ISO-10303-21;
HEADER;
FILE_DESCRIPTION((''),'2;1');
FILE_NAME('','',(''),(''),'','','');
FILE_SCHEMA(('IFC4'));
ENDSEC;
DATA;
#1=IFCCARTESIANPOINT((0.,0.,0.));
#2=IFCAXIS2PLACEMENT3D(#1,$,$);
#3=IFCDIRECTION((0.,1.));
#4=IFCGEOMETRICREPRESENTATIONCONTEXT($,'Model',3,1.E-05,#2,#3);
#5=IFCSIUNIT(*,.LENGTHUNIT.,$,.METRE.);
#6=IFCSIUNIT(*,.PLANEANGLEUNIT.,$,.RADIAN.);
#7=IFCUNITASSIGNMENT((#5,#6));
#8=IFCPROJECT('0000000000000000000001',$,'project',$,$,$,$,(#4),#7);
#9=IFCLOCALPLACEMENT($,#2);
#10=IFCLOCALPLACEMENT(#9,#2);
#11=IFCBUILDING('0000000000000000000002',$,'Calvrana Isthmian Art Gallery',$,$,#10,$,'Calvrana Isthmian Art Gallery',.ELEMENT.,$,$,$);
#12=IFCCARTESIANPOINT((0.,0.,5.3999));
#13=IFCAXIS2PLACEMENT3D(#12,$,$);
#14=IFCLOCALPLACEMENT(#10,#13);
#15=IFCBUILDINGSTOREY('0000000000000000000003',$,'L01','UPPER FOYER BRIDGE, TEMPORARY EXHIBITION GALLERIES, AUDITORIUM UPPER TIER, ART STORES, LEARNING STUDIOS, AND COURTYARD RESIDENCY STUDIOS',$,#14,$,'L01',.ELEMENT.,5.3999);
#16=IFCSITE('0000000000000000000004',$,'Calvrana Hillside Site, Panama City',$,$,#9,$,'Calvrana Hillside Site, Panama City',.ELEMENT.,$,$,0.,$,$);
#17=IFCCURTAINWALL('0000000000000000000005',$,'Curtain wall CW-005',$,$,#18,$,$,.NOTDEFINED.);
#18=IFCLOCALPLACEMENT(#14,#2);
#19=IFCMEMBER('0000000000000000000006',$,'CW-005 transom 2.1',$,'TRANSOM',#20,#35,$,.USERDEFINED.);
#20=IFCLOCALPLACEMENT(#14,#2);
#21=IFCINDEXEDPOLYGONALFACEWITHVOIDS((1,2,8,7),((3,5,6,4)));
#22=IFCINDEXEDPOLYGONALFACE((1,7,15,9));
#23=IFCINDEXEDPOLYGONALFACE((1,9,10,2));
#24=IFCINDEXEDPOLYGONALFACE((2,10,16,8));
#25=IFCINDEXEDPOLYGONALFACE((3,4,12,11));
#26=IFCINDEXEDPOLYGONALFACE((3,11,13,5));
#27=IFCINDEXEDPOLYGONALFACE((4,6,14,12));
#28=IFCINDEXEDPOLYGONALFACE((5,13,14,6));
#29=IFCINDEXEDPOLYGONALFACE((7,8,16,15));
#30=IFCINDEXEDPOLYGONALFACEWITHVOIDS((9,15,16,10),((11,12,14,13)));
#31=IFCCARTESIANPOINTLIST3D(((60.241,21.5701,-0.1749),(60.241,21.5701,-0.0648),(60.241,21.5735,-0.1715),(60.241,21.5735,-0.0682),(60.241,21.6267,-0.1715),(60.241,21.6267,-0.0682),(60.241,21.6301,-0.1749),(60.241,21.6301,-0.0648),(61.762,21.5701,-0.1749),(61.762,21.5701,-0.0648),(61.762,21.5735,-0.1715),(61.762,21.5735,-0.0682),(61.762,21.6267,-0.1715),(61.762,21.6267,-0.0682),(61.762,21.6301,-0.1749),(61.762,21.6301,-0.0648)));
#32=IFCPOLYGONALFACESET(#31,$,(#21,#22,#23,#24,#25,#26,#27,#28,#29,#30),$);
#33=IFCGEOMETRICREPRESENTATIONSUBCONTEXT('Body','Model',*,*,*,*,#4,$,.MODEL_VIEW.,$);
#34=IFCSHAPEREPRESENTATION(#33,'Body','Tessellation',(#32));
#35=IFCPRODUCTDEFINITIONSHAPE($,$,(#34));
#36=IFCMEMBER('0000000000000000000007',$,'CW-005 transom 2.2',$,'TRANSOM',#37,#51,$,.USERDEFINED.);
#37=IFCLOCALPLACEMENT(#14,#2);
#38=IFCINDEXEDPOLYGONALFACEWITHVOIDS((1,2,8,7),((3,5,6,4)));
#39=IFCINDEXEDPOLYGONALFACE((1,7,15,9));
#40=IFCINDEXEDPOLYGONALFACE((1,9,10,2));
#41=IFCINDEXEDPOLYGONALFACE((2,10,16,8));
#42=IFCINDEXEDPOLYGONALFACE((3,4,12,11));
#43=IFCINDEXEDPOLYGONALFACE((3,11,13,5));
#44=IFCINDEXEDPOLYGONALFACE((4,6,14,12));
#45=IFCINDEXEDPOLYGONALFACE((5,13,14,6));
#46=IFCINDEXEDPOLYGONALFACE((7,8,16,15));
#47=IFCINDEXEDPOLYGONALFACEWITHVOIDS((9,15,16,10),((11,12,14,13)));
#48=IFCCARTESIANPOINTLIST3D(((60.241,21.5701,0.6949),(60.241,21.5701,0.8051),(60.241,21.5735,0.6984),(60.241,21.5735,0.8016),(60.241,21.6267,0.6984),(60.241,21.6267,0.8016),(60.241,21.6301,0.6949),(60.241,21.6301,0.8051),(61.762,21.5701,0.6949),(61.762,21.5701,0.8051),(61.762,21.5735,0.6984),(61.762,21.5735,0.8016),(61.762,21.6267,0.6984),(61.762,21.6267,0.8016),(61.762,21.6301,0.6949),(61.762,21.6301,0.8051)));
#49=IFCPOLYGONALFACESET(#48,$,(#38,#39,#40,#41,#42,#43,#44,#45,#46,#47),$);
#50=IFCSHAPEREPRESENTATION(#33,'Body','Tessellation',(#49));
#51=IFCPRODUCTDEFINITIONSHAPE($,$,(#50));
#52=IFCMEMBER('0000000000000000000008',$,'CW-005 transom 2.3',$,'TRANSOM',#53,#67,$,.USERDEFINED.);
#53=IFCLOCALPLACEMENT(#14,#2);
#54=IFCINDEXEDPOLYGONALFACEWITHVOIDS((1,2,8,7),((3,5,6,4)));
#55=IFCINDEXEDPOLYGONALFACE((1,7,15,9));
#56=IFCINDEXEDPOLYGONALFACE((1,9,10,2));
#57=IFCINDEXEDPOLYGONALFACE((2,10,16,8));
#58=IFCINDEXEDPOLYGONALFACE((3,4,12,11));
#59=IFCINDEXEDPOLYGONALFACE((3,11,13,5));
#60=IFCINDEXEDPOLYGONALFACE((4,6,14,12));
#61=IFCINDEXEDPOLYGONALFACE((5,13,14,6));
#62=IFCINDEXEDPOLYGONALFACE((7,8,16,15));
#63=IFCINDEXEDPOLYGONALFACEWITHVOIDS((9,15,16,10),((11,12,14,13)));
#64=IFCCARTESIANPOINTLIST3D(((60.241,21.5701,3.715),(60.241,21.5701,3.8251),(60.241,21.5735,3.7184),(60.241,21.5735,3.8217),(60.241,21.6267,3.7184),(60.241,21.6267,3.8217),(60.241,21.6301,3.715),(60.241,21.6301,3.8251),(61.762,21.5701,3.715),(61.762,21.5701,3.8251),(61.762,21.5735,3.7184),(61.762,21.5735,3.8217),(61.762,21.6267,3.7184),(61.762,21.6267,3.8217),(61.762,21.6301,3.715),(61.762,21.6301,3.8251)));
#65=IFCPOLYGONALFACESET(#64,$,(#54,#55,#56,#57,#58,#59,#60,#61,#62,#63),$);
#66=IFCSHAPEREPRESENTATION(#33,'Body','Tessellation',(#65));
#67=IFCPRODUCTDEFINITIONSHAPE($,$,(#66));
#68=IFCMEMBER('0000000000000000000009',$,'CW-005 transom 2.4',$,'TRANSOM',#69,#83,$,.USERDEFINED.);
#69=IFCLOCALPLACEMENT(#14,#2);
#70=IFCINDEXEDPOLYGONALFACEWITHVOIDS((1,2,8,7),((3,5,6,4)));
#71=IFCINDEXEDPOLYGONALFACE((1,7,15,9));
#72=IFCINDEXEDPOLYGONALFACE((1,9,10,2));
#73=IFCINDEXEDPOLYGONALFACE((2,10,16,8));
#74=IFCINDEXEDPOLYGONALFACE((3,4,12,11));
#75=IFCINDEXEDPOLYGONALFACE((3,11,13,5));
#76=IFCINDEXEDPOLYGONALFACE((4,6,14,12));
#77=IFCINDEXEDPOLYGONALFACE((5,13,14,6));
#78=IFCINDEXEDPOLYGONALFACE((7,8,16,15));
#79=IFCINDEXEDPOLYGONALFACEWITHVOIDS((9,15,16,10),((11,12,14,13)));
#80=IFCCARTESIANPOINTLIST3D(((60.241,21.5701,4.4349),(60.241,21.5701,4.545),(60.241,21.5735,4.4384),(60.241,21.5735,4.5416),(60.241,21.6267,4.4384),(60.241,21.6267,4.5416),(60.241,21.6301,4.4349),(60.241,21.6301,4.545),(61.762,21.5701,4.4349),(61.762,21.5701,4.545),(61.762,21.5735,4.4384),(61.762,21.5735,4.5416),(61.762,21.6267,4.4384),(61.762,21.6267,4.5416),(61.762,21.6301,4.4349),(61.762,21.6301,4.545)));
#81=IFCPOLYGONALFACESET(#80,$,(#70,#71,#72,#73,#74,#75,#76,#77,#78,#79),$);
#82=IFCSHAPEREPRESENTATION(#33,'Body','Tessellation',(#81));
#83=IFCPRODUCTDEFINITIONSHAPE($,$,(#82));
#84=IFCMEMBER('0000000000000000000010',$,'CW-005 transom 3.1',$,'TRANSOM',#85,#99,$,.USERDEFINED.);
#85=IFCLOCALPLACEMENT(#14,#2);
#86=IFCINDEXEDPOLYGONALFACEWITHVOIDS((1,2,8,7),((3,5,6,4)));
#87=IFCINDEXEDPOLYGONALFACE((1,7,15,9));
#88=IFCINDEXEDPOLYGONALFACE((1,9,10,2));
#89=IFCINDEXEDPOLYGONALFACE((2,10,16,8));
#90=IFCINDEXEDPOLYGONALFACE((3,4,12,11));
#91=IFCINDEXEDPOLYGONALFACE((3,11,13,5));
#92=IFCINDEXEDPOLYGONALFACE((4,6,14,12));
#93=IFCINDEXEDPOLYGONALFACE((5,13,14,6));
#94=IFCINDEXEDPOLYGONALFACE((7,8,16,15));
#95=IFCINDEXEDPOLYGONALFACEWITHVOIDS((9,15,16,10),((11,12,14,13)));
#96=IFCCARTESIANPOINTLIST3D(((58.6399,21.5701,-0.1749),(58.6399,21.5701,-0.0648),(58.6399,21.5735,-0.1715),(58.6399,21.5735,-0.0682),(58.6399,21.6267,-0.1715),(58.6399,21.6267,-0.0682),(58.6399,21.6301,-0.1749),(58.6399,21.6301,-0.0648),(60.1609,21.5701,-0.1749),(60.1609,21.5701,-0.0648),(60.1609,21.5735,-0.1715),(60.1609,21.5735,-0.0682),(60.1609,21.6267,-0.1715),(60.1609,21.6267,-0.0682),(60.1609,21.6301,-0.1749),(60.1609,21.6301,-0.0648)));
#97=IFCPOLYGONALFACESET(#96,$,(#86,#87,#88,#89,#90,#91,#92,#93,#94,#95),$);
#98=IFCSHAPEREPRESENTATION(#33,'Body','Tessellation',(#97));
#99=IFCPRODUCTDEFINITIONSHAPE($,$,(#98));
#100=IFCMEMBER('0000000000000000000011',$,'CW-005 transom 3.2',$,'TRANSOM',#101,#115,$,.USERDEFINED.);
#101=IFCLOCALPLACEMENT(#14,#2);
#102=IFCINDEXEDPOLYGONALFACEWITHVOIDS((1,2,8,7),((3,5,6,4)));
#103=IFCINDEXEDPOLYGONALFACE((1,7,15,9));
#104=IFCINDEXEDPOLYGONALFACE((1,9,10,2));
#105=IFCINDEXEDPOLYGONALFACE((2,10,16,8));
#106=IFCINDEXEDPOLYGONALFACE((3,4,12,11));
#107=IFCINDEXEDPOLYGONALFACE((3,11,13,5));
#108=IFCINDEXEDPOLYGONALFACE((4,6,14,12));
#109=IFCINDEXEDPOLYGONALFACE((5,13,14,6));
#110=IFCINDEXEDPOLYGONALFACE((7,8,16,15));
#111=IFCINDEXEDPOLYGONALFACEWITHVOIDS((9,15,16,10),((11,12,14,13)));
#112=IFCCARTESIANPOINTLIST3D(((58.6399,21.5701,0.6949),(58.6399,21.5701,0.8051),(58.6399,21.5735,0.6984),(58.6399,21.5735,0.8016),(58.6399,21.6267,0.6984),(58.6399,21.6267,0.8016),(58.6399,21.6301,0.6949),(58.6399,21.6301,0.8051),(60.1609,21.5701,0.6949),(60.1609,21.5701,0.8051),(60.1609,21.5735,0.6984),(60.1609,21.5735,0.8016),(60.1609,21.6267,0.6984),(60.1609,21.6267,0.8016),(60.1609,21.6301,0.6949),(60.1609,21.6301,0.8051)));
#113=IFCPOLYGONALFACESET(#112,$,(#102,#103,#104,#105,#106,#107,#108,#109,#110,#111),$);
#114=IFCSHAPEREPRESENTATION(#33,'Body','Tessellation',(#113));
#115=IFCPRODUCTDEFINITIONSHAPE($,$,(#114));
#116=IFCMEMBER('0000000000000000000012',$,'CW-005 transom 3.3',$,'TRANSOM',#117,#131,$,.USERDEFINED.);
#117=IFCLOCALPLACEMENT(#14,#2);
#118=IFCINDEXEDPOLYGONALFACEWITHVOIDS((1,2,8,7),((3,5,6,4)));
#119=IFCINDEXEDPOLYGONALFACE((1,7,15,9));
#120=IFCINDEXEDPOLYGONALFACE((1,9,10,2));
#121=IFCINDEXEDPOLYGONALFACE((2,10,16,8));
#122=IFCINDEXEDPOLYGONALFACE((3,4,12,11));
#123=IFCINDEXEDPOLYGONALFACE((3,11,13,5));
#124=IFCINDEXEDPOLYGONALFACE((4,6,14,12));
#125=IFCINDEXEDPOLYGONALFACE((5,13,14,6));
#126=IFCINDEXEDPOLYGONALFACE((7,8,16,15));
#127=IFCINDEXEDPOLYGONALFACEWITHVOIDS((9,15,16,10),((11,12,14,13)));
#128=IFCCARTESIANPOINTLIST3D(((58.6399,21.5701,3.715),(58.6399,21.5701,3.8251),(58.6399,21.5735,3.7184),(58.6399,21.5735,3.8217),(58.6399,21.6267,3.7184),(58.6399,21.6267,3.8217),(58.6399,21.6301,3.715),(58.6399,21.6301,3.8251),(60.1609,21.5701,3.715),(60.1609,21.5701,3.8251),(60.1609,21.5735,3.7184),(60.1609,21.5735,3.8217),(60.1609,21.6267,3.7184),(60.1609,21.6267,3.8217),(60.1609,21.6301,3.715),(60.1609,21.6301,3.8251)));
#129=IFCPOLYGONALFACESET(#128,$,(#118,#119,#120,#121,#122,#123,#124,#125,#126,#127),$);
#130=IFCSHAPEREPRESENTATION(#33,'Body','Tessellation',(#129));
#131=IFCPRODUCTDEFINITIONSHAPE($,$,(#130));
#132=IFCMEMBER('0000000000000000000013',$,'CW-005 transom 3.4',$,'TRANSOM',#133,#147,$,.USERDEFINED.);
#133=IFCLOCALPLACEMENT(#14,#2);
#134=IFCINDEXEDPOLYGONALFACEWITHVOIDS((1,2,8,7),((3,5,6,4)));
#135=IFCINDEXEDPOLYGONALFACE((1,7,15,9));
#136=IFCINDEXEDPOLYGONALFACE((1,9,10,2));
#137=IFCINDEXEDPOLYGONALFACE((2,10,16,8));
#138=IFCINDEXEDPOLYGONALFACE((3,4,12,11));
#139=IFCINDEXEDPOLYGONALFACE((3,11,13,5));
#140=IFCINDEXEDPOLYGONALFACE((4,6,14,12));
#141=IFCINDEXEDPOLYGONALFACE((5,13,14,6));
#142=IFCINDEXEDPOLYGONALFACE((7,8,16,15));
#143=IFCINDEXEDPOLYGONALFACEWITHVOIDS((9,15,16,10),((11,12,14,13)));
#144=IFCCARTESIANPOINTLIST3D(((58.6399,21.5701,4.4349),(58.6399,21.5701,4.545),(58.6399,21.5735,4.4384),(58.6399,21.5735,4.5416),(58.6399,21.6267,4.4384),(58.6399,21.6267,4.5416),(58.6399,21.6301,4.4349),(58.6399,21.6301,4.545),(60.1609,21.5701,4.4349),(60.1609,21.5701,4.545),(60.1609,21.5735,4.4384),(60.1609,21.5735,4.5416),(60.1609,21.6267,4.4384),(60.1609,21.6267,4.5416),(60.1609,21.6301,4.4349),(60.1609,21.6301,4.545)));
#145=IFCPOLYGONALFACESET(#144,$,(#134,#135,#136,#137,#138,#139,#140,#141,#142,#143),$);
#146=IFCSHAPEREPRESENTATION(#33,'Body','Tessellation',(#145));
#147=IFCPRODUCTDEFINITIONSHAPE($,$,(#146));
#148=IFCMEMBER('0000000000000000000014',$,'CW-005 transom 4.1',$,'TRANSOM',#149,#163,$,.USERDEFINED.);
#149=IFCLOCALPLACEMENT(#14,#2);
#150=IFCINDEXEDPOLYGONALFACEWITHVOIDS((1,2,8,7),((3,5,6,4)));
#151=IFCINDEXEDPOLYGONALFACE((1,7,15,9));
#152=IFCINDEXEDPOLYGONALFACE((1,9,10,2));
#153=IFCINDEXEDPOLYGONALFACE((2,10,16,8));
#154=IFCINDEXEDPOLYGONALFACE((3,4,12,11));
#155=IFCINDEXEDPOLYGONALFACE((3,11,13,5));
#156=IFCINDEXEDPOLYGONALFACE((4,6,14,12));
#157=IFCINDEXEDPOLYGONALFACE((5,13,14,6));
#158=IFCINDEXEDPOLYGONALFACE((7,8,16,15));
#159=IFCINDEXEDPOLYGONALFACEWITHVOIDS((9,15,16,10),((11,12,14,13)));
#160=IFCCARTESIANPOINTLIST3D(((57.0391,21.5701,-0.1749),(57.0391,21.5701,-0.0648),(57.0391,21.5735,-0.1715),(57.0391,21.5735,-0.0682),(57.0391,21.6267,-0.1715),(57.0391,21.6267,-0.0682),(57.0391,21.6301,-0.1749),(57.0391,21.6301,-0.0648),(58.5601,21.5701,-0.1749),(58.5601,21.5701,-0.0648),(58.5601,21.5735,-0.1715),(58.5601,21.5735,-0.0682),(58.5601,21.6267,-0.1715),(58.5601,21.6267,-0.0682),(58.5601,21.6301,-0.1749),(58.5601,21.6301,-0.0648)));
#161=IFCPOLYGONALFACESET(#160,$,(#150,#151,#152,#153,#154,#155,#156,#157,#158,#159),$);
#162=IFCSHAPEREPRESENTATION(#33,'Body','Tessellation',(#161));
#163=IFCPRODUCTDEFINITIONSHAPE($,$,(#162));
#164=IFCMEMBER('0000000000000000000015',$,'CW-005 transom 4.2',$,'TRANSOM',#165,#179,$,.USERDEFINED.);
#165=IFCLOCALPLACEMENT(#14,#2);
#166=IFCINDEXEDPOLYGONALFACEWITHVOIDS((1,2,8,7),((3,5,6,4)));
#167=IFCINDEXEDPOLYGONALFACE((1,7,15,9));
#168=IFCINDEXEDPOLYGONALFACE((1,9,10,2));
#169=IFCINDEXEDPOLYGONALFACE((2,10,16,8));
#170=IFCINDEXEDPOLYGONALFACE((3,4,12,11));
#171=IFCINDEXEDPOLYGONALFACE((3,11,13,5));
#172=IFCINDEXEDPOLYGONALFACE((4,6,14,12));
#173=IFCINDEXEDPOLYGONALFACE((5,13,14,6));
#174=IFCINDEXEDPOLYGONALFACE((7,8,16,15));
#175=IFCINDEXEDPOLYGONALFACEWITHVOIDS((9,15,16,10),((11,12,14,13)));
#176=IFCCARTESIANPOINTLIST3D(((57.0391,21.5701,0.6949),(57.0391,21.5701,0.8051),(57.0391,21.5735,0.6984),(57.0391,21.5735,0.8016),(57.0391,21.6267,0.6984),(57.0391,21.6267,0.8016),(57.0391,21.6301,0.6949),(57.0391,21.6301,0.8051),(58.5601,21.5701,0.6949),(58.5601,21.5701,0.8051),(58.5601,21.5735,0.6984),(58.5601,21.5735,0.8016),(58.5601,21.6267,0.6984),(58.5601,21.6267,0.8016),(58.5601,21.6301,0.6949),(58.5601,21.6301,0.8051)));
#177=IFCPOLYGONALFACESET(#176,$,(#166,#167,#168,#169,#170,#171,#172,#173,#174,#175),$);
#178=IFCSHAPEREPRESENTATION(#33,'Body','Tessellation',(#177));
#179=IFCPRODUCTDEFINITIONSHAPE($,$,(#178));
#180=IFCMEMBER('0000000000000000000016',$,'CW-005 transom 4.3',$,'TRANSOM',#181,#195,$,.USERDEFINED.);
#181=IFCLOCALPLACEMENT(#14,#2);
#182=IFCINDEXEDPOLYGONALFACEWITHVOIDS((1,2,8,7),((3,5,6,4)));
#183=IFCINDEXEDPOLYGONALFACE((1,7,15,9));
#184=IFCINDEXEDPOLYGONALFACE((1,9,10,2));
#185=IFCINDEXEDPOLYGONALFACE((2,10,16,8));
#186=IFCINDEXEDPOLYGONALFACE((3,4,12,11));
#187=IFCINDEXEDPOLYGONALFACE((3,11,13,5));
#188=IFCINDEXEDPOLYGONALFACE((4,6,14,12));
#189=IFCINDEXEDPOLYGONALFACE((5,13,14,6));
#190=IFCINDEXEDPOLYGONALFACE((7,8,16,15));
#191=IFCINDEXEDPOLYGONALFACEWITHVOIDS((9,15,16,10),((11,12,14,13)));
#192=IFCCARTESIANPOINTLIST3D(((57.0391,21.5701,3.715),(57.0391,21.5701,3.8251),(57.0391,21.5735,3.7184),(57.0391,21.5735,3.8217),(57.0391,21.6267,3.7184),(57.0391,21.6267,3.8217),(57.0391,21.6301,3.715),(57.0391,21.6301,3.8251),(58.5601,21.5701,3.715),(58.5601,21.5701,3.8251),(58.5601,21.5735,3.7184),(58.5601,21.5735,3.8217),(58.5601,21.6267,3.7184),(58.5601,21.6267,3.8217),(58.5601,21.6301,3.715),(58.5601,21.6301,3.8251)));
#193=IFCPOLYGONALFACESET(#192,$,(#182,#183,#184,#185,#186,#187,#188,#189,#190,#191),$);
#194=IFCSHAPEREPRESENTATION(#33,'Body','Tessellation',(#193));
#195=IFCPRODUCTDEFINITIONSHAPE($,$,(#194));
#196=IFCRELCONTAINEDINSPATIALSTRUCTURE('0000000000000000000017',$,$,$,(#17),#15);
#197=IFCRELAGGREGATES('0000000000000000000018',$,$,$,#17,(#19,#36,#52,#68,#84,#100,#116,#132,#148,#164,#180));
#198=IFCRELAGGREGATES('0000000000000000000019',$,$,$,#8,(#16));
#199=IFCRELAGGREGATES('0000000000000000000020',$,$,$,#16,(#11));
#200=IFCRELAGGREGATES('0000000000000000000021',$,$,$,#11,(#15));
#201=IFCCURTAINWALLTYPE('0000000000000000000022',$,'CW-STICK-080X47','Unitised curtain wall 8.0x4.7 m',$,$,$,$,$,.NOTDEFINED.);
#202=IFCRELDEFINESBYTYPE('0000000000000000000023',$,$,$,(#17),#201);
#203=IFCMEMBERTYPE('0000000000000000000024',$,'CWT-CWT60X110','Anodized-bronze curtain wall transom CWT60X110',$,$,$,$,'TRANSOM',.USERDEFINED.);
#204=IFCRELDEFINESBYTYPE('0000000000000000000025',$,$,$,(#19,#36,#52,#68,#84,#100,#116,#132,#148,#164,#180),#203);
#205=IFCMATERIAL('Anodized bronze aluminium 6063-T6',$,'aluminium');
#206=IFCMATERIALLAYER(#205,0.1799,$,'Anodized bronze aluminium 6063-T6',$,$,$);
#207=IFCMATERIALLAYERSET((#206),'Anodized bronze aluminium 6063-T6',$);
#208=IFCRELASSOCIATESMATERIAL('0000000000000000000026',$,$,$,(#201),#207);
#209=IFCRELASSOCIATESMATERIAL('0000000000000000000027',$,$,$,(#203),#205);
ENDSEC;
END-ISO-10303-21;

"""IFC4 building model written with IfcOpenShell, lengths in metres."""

from ifc_helpers import new_model, si_unit, direction, frame, origin, origin_2d, place, context, subcontext, project, spatial, hollow_rectangle, extrude, material, layer, layer_set, material_profile, profile_set, type_object, element, aggregate, save


model = new_model("IFC4")

# Units and contexts
model_context = context("Model", 3, precision=1e-05, world=origin(), true_north=direction((0.0, 1.0)))
body_context = subcontext(model_context, "Body", "Model", "MODEL_VIEW")
ifc_project = project(units=[si_unit("LENGTHUNIT", "METRE"), si_unit("PLANEANGLEUNIT", "RADIAN")], contexts=[model_context])

# Site, building, storey
site_placement = place(None, origin())
site = spatial("IfcSite", under=ifc_project, at=site_placement, Name="Calvrana Hillside Site, Panama City", LongName="Calvrana Hillside Site, Panama City", CompositionType="ELEMENT", RefElevation=0.0)
building_placement = place(site_placement, origin())
building = spatial("IfcBuilding", under=site, at=building_placement, Name="Calvrana Isthmian Art Gallery", LongName="Calvrana Isthmian Art Gallery", CompositionType="ELEMENT")
storey_placement = place(building_placement, frame((0.0, 0.0, 5.3999)))
storey = spatial("IfcBuildingStorey", under=building, at=storey_placement, Name="L01", Description="UPPER FOYER BRIDGE, TEMPORARY EXHIBITION GALLERIES, AUDITORIUM UPPER TIER, ART STORES, LEARNING STUDIOS, AND COURTYARD RESIDENCY STUDIOS", LongName="L01", CompositionType="ELEMENT", Elevation=5.3999)

# Curtain wall, members
ifc_material_1 = material(Name="Anodized bronze aluminium 6063-T6", Category="aluminium")
ifc_layer_1 = layer(ifc_material_1, 0.1799, Name="Anodized bronze aluminium 6063-T6")
ifc_layer_set_1 = layer_set([ifc_layer_1], Name="Anodized bronze aluminium 6063-T6")
curtain_wall_type = type_object("IfcCurtainWallType", Name="CW-STICK-080X47", Description="Unitised curtain wall 8.0x4.7 m", PredefinedType="NOTDEFINED", material=ifc_layer_set_1)
curtain_wall_placement = place(storey_placement, origin())
curtain_wall = element("IfcCurtainWall", 1, at=curtain_wall_placement, inside=storey, type_object=curtain_wall_type, Name="Curtain wall CW-005", PredefinedType="NOTDEFINED")
ifc_material_profile_1 = material_profile(ifc_material_1, hollow_rectangle(XDim=0.0601, YDim=0.1101, WallThickness=0.0034, at=origin_2d()), Name="CWT60X110")
ifc_profile_set_1 = profile_set([ifc_material_profile_1], Name="Anodized bronze aluminium 6063-T6")
member_type_1 = type_object("IfcMemberType", Name="CWT-CWT60X110", Description="Anodized-bronze curtain wall transom CWT60X110", ElementType="TRANSOM", PredefinedType="USERDEFINED", material=ifc_profile_set_1)
member_1_placement = place(storey_placement, frame((61.762, 21.6001, -0.1199), z_axis=(-1.0, 0.0, 0.0), x_axis=(0.0, -1.0, 0.0)))
member_1 = element("IfcMember", 2, at=member_1_placement, type_object=member_type_1, Name="CW-005 transom 2.1", ObjectType="TRANSOM", PredefinedType="USERDEFINED", context=body_context, shape_type="SweptSolid", body=[
    extrude(hollow_rectangle(XDim=0.0601, YDim=0.1101, WallThickness=0.0034, at=origin_2d()), origin(), (0.0, 0.0, 1.0), 1.521),
])
member_2_placement = place(storey_placement, frame((61.762, 21.6001, 0.75), z_axis=(-1.0, 0.0, 0.0), x_axis=(0.0, -1.0, 0.0)))
member_2 = element("IfcMember", 3, at=member_2_placement, type_object=member_type_1, Name="CW-005 transom 2.2", ObjectType="TRANSOM", PredefinedType="USERDEFINED", context=body_context, shape_type="SweptSolid", body=[
    extrude(hollow_rectangle(XDim=0.0601, YDim=0.1101, WallThickness=0.0034, at=origin_2d()), origin(), (0.0, 0.0, 1.0), 1.521),
])
member_3_placement = place(storey_placement, frame((61.762, 21.6001, 3.77), z_axis=(-1.0, 0.0, 0.0), x_axis=(0.0, -1.0, 0.0)))
member_3 = element("IfcMember", 4, at=member_3_placement, type_object=member_type_1, Name="CW-005 transom 2.3", ObjectType="TRANSOM", PredefinedType="USERDEFINED", context=body_context, shape_type="SweptSolid", body=[
    extrude(hollow_rectangle(XDim=0.0601, YDim=0.1101, WallThickness=0.0034, at=origin_2d()), origin(), (0.0, 0.0, 1.0), 1.521),
])
member_4_placement = place(storey_placement, frame((61.762, 21.6001, 4.49), z_axis=(-1.0, 0.0, 0.0), x_axis=(0.0, -1.0, 0.0)))
member_4 = element("IfcMember", 5, at=member_4_placement, type_object=member_type_1, Name="CW-005 transom 2.4", ObjectType="TRANSOM", PredefinedType="USERDEFINED", context=body_context, shape_type="SweptSolid", body=[
    extrude(hollow_rectangle(XDim=0.0601, YDim=0.1101, WallThickness=0.0034, at=origin_2d()), origin(), (0.0, 0.0, 1.0), 1.521),
])
member_5_placement = place(storey_placement, frame((60.1609, 21.6001, -0.1199), z_axis=(-1.0, 0.0, 0.0), x_axis=(0.0, -1.0, 0.0)))
member_5 = element("IfcMember", 6, at=member_5_placement, type_object=member_type_1, Name="CW-005 transom 3.1", ObjectType="TRANSOM", PredefinedType="USERDEFINED", context=body_context, shape_type="SweptSolid", body=[
    extrude(hollow_rectangle(XDim=0.0601, YDim=0.1101, WallThickness=0.0034, at=origin_2d()), origin(), (0.0, 0.0, 1.0), 1.521),
])
member_6_placement = place(storey_placement, frame((60.1609, 21.6001, 0.75), z_axis=(-1.0, 0.0, 0.0), x_axis=(0.0, -1.0, 0.0)))
member_6 = element("IfcMember", 7, at=member_6_placement, type_object=member_type_1, Name="CW-005 transom 3.2", ObjectType="TRANSOM", PredefinedType="USERDEFINED", context=body_context, shape_type="SweptSolid", body=[
    extrude(hollow_rectangle(XDim=0.0601, YDim=0.1101, WallThickness=0.0034, at=origin_2d()), origin(), (0.0, 0.0, 1.0), 1.521),
])
member_7_placement = place(storey_placement, frame((60.1609, 21.6001, 3.77), z_axis=(-1.0, 0.0, 0.0), x_axis=(0.0, -1.0, 0.0)))
member_7 = element("IfcMember", 8, at=member_7_placement, type_object=member_type_1, Name="CW-005 transom 3.3", ObjectType="TRANSOM", PredefinedType="USERDEFINED", context=body_context, shape_type="SweptSolid", body=[
    extrude(hollow_rectangle(XDim=0.0601, YDim=0.1101, WallThickness=0.0034, at=origin_2d()), origin(), (0.0, 0.0, 1.0), 1.521),
])
member_8_placement = place(storey_placement, frame((60.1609, 21.6001, 4.49), z_axis=(-1.0, 0.0, 0.0), x_axis=(0.0, -1.0, 0.0)))
member_8 = element("IfcMember", 9, at=member_8_placement, type_object=member_type_1, Name="CW-005 transom 3.4", ObjectType="TRANSOM", PredefinedType="USERDEFINED", context=body_context, shape_type="SweptSolid", body=[
    extrude(hollow_rectangle(XDim=0.0601, YDim=0.1101, WallThickness=0.0034, at=origin_2d()), origin(), (0.0, 0.0, 1.0), 1.521),
])
member_9_placement = place(storey_placement, frame((58.5601, 21.6001, -0.1199), z_axis=(-1.0, 0.0, 0.0), x_axis=(0.0, -1.0, 0.0)))
member_9 = element("IfcMember", 10, at=member_9_placement, type_object=member_type_1, Name="CW-005 transom 4.1", ObjectType="TRANSOM", PredefinedType="USERDEFINED", context=body_context, shape_type="SweptSolid", body=[
    extrude(hollow_rectangle(XDim=0.0601, YDim=0.1101, WallThickness=0.0034, at=origin_2d()), origin(), (0.0, 0.0, 1.0), 1.521),
])
member_10_placement = place(storey_placement, frame((58.5601, 21.6001, 0.75), z_axis=(-1.0, 0.0, 0.0), x_axis=(0.0, -1.0, 0.0)))
member_10 = element("IfcMember", 11, at=member_10_placement, type_object=member_type_1, Name="CW-005 transom 4.2", ObjectType="TRANSOM", PredefinedType="USERDEFINED", context=body_context, shape_type="SweptSolid", body=[
    extrude(hollow_rectangle(XDim=0.0601, YDim=0.1101, WallThickness=0.0034, at=origin_2d()), origin(), (0.0, 0.0, 1.0), 1.521),
])
member_11_placement = place(storey_placement, frame((58.5601, 21.6001, 3.77), z_axis=(-1.0, 0.0, 0.0), x_axis=(0.0, -1.0, 0.0)))
member_11 = element("IfcMember", 12, at=member_11_placement, type_object=member_type_1, Name="CW-005 transom 4.3", ObjectType="TRANSOM", PredefinedType="USERDEFINED", context=body_context, shape_type="SweptSolid", body=[
    extrude(hollow_rectangle(XDim=0.0601, YDim=0.1101, WallThickness=0.0034, at=origin_2d()), origin(), (0.0, 0.0, 1.0), 1.521),
])
aggregate(curtain_wall, [member_1, member_2, member_3, member_4, member_5, member_6, member_7, member_8, member_9, member_10, member_11])

save(model, "model.ifc")
